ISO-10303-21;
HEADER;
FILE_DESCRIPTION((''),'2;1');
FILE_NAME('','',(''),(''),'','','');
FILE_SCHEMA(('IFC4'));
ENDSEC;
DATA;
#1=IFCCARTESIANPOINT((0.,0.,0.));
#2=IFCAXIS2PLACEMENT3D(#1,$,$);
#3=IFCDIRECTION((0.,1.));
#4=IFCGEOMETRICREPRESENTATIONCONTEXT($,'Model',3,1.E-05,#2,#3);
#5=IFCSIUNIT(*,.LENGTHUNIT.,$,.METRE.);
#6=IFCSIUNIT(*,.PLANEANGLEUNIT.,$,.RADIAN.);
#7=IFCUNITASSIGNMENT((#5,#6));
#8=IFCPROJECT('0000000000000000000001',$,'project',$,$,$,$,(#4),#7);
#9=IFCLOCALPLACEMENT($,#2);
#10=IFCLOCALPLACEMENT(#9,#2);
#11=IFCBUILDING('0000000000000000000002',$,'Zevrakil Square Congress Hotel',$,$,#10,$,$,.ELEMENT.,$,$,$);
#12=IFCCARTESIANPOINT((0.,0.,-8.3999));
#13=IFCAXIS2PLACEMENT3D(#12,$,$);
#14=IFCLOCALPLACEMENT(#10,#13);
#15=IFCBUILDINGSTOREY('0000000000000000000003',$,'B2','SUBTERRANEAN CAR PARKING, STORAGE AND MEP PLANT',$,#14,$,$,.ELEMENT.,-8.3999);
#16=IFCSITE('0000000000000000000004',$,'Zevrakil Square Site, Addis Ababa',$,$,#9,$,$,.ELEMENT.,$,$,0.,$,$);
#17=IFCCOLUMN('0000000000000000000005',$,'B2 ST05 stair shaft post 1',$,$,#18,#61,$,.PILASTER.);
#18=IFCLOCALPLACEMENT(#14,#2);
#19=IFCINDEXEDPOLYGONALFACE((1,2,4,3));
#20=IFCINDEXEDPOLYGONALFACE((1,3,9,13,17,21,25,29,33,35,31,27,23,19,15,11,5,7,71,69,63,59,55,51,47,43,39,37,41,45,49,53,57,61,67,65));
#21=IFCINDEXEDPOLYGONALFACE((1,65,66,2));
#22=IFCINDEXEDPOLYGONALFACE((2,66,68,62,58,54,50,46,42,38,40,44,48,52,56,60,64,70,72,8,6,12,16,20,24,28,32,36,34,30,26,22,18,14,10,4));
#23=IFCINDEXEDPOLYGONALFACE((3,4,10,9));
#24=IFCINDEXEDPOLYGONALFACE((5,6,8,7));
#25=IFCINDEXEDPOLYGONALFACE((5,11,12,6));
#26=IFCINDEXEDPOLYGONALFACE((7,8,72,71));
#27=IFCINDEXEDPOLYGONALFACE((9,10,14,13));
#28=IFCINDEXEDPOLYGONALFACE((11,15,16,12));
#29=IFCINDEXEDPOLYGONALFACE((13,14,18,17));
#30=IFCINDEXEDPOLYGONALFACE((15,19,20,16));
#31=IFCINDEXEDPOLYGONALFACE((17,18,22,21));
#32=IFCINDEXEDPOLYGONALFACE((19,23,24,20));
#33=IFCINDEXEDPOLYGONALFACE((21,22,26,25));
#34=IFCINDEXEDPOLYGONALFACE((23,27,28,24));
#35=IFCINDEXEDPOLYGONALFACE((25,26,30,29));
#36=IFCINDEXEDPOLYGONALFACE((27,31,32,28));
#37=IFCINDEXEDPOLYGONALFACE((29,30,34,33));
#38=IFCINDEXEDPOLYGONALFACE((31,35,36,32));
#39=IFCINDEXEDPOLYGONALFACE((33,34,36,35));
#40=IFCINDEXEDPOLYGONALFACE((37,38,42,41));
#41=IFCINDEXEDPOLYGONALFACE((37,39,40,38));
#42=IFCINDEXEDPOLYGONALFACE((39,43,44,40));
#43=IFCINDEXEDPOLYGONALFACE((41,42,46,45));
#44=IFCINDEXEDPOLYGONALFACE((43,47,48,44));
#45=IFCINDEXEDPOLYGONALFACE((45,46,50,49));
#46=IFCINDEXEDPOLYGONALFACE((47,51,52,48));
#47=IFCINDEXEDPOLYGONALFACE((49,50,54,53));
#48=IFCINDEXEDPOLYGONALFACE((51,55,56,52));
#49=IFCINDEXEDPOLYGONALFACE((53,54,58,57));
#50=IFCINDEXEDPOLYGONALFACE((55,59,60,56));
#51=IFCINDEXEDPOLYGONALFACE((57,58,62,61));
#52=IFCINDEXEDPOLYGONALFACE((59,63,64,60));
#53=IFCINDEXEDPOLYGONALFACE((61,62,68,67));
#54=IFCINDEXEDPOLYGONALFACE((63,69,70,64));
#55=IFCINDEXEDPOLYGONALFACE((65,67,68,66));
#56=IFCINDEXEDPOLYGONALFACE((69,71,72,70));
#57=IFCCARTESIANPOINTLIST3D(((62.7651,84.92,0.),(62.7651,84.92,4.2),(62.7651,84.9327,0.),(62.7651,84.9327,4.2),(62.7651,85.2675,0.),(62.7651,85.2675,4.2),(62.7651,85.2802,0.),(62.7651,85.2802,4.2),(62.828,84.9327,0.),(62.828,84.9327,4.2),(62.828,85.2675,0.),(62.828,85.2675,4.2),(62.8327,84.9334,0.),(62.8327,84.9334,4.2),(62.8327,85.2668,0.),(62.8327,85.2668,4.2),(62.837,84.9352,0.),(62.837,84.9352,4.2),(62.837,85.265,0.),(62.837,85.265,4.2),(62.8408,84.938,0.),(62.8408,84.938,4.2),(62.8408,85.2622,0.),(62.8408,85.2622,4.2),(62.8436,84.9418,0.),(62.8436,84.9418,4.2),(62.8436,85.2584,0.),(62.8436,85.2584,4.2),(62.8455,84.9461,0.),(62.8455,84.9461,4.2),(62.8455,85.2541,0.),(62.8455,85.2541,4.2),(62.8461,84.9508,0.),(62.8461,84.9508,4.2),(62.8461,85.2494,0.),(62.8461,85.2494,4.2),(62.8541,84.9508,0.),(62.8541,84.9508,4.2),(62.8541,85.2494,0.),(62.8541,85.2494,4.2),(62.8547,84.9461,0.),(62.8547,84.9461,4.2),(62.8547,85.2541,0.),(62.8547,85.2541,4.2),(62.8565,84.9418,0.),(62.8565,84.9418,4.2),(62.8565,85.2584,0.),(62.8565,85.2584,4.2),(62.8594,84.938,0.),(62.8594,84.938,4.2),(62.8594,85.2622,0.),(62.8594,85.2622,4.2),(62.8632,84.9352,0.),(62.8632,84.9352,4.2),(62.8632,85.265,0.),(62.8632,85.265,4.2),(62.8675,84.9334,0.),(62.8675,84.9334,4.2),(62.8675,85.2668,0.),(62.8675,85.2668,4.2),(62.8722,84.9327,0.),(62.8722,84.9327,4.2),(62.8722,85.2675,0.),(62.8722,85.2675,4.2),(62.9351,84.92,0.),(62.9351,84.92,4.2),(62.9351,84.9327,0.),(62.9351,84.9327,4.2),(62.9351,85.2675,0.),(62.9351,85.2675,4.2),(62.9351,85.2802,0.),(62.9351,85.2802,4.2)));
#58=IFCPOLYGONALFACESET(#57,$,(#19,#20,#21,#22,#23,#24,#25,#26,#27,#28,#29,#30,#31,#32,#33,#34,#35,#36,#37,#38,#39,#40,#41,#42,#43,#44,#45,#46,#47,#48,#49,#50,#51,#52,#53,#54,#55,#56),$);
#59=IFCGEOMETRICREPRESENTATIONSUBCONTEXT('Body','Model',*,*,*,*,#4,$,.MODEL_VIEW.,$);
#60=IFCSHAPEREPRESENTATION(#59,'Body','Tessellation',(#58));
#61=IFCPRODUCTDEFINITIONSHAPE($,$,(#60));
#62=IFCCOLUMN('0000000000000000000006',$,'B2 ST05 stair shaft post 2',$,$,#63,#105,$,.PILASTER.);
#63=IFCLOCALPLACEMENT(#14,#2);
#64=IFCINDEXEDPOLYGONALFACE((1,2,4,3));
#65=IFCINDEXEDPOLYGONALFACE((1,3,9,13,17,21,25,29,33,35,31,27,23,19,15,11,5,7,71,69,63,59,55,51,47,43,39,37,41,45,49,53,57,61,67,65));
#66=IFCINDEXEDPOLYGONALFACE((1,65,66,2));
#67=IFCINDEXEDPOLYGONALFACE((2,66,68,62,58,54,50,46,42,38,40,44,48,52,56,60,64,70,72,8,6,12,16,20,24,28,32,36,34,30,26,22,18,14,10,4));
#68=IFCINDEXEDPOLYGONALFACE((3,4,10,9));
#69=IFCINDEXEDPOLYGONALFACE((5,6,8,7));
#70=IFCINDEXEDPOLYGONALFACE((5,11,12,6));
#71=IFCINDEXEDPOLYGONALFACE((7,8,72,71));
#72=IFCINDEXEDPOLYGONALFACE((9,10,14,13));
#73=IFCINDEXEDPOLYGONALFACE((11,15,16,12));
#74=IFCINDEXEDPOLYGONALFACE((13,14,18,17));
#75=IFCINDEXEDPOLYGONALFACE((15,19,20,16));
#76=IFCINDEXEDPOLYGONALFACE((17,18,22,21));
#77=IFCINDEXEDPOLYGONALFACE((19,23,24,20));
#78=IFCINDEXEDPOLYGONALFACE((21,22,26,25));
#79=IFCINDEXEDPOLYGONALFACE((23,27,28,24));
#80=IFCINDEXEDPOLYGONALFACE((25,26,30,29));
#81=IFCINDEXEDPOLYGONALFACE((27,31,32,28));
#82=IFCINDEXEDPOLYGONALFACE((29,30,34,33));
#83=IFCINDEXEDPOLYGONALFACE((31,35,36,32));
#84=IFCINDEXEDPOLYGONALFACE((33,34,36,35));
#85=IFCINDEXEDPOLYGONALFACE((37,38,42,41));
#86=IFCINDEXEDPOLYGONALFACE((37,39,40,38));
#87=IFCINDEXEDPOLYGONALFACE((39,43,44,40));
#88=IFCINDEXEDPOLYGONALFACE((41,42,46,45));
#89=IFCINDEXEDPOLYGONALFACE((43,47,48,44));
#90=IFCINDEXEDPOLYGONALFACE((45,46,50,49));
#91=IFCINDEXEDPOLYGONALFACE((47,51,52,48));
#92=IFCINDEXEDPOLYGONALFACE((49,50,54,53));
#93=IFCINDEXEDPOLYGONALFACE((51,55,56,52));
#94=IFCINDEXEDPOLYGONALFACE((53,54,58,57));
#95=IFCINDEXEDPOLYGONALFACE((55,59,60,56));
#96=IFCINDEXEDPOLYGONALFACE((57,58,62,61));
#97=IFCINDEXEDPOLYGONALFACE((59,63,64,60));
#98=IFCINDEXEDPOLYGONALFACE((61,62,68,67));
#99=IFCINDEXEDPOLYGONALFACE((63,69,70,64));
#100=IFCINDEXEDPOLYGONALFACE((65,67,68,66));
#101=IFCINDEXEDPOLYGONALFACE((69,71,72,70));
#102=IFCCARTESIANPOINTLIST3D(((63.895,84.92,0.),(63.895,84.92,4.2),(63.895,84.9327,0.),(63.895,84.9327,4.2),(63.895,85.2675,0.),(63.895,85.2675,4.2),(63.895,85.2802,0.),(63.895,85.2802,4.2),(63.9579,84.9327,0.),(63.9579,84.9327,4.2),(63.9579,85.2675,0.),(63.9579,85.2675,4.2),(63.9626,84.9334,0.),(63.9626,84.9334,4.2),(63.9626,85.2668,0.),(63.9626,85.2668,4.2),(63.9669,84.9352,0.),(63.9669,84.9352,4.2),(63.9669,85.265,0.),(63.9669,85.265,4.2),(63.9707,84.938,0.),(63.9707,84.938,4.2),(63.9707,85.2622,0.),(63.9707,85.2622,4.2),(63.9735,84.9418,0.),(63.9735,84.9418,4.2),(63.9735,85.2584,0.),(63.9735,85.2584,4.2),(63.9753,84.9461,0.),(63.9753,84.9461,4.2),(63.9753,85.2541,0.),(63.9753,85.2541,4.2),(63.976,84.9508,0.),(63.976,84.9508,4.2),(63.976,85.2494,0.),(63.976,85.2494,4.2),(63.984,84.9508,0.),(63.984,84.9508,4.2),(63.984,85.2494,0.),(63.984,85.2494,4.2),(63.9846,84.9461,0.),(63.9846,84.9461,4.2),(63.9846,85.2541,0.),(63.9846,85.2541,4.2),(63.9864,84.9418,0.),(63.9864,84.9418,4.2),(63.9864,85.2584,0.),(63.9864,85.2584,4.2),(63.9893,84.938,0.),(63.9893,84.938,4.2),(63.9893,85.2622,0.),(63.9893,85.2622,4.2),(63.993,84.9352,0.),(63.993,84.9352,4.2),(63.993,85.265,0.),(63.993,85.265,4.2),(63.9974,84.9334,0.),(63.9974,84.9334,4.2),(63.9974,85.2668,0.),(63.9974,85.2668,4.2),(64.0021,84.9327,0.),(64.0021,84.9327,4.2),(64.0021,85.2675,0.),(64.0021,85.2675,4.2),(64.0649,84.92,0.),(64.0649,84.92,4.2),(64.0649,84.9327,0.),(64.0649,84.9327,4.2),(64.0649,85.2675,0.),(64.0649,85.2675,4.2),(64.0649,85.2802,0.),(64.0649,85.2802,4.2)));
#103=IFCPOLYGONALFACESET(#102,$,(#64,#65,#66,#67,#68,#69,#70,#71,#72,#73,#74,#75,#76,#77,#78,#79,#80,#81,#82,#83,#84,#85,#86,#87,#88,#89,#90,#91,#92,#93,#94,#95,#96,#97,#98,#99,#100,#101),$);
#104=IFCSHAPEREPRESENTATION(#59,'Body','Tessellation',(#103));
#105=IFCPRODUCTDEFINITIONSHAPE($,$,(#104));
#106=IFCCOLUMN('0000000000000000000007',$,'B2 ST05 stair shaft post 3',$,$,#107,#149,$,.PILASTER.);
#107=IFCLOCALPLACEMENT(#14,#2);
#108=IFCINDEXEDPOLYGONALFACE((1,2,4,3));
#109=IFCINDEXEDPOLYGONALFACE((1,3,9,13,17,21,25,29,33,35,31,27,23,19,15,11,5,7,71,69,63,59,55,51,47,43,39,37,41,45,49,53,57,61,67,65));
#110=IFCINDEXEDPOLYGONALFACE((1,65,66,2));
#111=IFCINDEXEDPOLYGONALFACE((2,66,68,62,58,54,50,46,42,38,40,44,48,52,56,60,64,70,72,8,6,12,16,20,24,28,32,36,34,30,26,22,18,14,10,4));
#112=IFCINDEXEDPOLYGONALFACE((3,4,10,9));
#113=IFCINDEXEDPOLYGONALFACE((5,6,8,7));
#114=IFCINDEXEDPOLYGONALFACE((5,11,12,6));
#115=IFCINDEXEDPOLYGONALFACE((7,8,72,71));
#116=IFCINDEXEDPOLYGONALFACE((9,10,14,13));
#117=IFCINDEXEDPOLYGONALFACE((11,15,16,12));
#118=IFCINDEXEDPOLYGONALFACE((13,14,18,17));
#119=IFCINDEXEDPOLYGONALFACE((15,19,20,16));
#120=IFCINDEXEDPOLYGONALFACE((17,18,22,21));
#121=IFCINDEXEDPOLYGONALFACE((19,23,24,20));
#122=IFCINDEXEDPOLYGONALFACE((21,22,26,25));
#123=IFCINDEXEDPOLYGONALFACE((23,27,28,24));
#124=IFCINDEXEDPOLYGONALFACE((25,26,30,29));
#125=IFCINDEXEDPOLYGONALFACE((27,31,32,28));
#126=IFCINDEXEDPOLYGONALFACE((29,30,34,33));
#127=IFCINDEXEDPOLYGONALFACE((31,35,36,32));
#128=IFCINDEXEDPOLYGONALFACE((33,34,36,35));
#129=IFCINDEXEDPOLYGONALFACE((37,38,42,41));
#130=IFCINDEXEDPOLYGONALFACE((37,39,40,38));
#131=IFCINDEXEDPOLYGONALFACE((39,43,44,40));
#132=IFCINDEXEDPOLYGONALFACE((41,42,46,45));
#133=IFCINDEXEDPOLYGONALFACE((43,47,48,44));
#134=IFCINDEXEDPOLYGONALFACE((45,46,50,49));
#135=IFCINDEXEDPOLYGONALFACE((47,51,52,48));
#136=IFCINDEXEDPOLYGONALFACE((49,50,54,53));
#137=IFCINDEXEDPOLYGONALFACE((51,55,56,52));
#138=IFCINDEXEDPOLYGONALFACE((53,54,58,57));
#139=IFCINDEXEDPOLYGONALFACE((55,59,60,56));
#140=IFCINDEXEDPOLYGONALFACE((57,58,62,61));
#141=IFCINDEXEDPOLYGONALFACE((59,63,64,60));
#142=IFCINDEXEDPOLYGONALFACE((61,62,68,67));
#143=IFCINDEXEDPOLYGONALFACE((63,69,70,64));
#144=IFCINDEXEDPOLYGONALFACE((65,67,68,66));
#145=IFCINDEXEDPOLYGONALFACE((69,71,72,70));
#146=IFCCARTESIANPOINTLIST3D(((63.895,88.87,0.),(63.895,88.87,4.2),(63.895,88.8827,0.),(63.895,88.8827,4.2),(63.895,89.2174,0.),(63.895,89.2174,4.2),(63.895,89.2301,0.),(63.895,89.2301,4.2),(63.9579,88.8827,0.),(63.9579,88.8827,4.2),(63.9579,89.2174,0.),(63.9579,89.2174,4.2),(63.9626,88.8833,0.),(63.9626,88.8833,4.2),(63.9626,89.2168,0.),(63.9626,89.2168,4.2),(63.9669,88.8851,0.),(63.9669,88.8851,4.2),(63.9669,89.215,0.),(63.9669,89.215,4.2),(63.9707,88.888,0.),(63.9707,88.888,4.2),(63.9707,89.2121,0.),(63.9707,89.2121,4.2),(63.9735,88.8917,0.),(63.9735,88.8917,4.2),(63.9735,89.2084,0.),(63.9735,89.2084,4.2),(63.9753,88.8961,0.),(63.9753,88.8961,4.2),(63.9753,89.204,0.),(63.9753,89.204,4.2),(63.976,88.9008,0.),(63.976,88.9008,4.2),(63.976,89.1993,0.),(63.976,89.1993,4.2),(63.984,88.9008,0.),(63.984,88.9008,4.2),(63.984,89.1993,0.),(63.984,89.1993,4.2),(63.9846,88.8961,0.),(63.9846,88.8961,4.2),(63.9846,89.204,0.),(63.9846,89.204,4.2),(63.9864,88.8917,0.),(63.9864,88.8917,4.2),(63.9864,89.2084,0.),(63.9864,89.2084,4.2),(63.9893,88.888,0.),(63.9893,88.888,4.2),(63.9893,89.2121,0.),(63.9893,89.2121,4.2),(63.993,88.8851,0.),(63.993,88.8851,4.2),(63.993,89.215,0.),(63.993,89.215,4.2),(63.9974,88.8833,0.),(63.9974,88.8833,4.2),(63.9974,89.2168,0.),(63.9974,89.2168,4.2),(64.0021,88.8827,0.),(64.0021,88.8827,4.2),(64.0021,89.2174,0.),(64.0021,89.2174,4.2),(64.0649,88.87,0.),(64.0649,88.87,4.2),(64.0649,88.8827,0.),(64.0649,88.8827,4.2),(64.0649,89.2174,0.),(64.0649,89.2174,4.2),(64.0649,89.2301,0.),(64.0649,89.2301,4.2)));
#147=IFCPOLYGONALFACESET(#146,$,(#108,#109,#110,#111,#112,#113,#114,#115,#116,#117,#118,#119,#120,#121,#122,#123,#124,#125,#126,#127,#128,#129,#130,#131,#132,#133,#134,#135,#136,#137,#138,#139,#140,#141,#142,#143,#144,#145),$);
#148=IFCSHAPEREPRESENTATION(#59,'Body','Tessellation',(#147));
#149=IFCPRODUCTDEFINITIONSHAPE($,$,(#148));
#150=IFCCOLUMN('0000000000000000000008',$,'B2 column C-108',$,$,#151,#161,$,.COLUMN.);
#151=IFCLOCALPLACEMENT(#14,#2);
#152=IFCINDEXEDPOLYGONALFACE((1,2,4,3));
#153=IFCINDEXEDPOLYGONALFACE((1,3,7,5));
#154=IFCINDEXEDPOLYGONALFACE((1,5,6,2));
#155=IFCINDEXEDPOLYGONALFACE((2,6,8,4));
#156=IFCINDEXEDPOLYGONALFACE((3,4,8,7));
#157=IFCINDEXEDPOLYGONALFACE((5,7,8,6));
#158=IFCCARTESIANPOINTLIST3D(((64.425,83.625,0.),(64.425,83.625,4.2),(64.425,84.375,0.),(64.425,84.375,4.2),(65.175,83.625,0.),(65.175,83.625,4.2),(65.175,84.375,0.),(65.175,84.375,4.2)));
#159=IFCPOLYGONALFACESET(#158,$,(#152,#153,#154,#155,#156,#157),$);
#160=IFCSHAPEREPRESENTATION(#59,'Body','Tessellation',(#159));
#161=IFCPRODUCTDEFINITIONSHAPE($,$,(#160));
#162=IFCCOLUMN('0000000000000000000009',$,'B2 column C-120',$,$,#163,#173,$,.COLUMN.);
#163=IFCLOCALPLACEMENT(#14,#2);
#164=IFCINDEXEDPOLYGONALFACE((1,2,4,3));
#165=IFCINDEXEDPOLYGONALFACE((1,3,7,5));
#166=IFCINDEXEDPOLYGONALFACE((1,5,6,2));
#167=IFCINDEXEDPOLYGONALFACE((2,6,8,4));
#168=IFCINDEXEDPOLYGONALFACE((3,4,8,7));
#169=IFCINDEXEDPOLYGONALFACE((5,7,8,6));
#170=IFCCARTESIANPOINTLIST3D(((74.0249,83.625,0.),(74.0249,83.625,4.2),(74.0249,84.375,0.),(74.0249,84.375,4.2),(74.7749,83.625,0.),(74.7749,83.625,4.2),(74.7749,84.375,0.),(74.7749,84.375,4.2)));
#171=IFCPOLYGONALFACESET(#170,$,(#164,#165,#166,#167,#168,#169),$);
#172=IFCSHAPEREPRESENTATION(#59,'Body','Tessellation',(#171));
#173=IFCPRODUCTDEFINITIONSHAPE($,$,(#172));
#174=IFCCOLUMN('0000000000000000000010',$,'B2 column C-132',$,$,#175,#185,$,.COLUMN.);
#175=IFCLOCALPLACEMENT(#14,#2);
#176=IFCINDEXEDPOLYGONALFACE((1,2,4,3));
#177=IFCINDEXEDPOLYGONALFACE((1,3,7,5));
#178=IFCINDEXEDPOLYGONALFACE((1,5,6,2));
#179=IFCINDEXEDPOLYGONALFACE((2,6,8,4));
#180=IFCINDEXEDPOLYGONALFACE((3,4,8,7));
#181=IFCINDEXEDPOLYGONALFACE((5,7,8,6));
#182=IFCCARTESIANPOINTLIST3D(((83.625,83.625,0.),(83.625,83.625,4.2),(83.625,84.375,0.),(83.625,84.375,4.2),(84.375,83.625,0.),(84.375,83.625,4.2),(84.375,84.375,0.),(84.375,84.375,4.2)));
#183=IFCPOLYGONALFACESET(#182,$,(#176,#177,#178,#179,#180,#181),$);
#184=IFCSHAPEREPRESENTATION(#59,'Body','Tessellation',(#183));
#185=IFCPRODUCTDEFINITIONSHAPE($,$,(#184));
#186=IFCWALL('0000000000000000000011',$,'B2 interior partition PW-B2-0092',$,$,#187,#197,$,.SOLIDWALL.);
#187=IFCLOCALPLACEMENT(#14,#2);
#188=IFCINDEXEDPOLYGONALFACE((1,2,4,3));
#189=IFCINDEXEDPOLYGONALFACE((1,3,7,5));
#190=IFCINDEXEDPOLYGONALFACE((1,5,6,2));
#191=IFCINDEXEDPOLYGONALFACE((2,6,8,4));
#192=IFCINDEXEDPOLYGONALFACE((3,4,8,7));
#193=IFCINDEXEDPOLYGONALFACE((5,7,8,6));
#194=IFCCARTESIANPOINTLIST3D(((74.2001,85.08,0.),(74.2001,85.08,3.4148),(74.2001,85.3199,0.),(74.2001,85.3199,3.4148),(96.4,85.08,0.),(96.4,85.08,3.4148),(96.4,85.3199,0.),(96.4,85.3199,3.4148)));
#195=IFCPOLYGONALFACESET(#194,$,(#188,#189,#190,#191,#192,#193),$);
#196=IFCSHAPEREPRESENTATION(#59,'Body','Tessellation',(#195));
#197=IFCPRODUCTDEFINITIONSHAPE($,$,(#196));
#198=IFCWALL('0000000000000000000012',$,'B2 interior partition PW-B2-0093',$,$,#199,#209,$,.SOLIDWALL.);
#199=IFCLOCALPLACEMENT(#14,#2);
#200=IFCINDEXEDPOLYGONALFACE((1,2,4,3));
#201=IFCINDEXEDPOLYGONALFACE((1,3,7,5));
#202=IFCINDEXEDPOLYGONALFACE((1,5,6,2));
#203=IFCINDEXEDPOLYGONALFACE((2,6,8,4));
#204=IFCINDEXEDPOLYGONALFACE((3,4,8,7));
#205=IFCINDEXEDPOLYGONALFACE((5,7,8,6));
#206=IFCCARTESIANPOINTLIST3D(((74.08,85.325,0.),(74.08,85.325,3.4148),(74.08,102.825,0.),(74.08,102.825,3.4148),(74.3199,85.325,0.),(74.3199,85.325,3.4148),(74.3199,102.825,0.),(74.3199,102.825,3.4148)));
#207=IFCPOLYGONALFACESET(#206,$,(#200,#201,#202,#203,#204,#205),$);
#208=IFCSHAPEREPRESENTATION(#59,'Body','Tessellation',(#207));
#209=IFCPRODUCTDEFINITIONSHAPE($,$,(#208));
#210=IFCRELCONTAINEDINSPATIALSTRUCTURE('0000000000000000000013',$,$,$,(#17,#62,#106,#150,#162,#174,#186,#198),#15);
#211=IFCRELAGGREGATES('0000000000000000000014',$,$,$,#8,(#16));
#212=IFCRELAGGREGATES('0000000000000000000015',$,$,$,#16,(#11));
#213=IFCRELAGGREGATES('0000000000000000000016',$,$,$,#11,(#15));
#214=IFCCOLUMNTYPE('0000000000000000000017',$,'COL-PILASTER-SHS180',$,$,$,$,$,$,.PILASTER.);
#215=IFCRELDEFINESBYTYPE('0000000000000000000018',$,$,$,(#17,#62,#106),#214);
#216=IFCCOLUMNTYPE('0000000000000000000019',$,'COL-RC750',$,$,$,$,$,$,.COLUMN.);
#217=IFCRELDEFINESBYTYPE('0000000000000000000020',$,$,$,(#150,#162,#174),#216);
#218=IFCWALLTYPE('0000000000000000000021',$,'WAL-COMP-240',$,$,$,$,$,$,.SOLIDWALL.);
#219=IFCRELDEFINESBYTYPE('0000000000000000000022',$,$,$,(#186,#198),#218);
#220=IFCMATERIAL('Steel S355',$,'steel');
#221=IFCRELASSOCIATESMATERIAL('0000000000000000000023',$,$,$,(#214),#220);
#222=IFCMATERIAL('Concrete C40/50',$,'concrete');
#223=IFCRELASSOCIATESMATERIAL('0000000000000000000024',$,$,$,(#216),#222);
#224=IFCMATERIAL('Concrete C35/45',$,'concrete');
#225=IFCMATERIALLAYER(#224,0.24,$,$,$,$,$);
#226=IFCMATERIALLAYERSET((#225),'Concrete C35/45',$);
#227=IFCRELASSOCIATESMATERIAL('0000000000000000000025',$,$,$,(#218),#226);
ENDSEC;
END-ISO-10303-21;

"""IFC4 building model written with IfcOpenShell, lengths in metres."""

from ifc_helpers import new_model, si_unit, direction, frame, frame_2d, origin, origin_2d, place, context, subcontext, project, spatial, rectangle, i_section, extrude, material, layer, layer_set, material_profile, profile_set, type_object, element, save


model = new_model("IFC4")

# Units and contexts
model_context = context("Model", 3, precision=1e-05, world=origin(), true_north=direction((0.0, 1.0)))
body_context = subcontext(model_context, "Body", "Model", "MODEL_VIEW")
ifc_project = project(units=[si_unit("LENGTHUNIT", "METRE"), si_unit("PLANEANGLEUNIT", "RADIAN")], contexts=[model_context])

# Site, building, storey
site_placement = place(None, origin())
site = spatial("IfcSite", under=ifc_project, at=site_placement, Name="Zevrakil Square Site, Addis Ababa", CompositionType="ELEMENT", RefElevation=0.0)
building_placement = place(site_placement, origin())
building = spatial("IfcBuilding", under=site, at=building_placement, Name="Zevrakil Square Congress Hotel", CompositionType="ELEMENT")
storey_placement = place(building_placement, frame((0.0, 0.0, -8.3999)))
storey = spatial("IfcBuildingStorey", under=building, at=storey_placement, Name="B2", Description="SUBTERRANEAN CAR PARKING, STORAGE AND MEP PLANT", CompositionType="ELEMENT", Elevation=-8.3999)

# Columns
ifc_material_1 = material(Name="Steel S355", Category="steel")
ifc_material_profile_1 = material_profile(ifc_material_1, i_section(OverallWidth=0.1699, OverallDepth=0.3601, WebThickness=0.0081, FlangeThickness=0.0127, FilletRadius=0.0181, at=origin_2d()), Name="IPE 360")
ifc_profile_set_1 = profile_set([ifc_material_profile_1], Name="Steel S355")
column_type_1 = type_object("IfcColumnType", Name="COL-PILASTER-SHS180", PredefinedType="PILASTER", material=ifc_profile_set_1)
for number, where, z_axis, x_axis, name in (
    (1, (62.8501, 85.1001, 0.0), (0.0, 0.0, 1.0), (1.0, 0.0, 0.0), "B2 ST05 stair shaft post 1"),
    (2, (63.98, 85.1001, 0.0), (0.0, 0.0, 1.0), (1.0, 0.0, 0.0), "B2 ST05 stair shaft post 2"),
    (3, (63.98, 89.05, 0.0), (0.0, 0.0, 1.0), (1.0, 0.0, 0.0), "B2 ST05 stair shaft post 3"),
):
    element("IfcColumn", number, at=place(storey_placement, frame(where, z_axis=z_axis, x_axis=x_axis)), inside=storey, type_object=column_type_1, Name=name, PredefinedType="PILASTER", context=body_context, shape_type="SweptSolid", body=[
        extrude(i_section(OverallWidth=0.1699, OverallDepth=0.3601, WebThickness=0.0081, FlangeThickness=0.0127, FilletRadius=0.0181, at=origin_2d()), origin(), (0.0, 0.0, 1.0), 4.2),
    ])
ifc_material_2 = material(Name="Concrete C40/50", Category="concrete")
ifc_material_profile_2 = material_profile(ifc_material_2, rectangle(XDim=0.75, YDim=0.75, at=origin_2d()), Name="RC 750x750")
ifc_profile_set_2 = profile_set([ifc_material_profile_2], Name="Concrete C40/50")
column_type_2 = type_object("IfcColumnType", Name="COL-RC750", PredefinedType="COLUMN", material=ifc_profile_set_2)
for number, where, z_axis, x_axis, name in (
    (4, (64.8, 84.0, 0.0), (0.0, 0.0, 1.0), (1.0, 0.0, 0.0), "B2 column C-108"),
    (5, (74.3999, 84.0, 0.0), (0.0, 0.0, 1.0), (1.0, 0.0, 0.0), "B2 column C-120"),
    (6, (84.0, 84.0, 0.0), (0.0, 0.0, 1.0), (1.0, 0.0, 0.0), "B2 column C-132"),
):
    element("IfcColumn", number, at=place(storey_placement, frame(where, z_axis=z_axis, x_axis=x_axis)), inside=storey, type_object=column_type_2, Name=name, PredefinedType="COLUMN", context=body_context, shape_type="SweptSolid", body=[
        extrude(rectangle(XDim=0.75, YDim=0.75, at=origin_2d()), origin(), (0.0, 0.0, 1.0), 4.2),
    ])

# Walls
ifc_material_3 = material(Name="Concrete C35/45", Category="concrete")
ifc_layer_1 = layer(ifc_material_3, 0.24)
ifc_layer_set_1 = layer_set([ifc_layer_1], Name="Concrete C35/45")
wall_type_1 = type_object("IfcWallType", Name="WAL-COMP-240", PredefinedType="SOLIDWALL", material=ifc_layer_set_1)
wall_1_placement = place(storey_placement, frame((74.2, 85.2, 0.0), z_axis=(0.0, 0.0, 1.0), x_axis=(1.0, 0.0, 0.0)))
element("IfcWall", 7, at=wall_1_placement, inside=storey, type_object=wall_type_1, Name="B2 interior partition PW-B2-0092", PredefinedType="SOLIDWALL", context=body_context, shape_type="SweptSolid", body=[
    extrude(rectangle(XDim=22.2, YDim=0.24, at=frame_2d((11.1001, 0.0))), origin(), (0.0, 0.0, 1.0), 3.4148),
])
wall_2_placement = place(storey_placement, frame((74.2, 85.325, 0.0), z_axis=(0.0, 0.0, 1.0), x_axis=(0.0, 1.0, 0.0)))
element("IfcWall", 8, at=wall_2_placement, inside=storey, type_object=wall_type_1, Name="B2 interior partition PW-B2-0093", PredefinedType="SOLIDWALL", context=body_context, shape_type="SweptSolid", body=[
    extrude(rectangle(XDim=17.5, YDim=0.24, at=frame_2d((8.75, 0.0))), origin(), (0.0, 0.0, 1.0), 3.4148),
])

save(model, "model.ifc")
